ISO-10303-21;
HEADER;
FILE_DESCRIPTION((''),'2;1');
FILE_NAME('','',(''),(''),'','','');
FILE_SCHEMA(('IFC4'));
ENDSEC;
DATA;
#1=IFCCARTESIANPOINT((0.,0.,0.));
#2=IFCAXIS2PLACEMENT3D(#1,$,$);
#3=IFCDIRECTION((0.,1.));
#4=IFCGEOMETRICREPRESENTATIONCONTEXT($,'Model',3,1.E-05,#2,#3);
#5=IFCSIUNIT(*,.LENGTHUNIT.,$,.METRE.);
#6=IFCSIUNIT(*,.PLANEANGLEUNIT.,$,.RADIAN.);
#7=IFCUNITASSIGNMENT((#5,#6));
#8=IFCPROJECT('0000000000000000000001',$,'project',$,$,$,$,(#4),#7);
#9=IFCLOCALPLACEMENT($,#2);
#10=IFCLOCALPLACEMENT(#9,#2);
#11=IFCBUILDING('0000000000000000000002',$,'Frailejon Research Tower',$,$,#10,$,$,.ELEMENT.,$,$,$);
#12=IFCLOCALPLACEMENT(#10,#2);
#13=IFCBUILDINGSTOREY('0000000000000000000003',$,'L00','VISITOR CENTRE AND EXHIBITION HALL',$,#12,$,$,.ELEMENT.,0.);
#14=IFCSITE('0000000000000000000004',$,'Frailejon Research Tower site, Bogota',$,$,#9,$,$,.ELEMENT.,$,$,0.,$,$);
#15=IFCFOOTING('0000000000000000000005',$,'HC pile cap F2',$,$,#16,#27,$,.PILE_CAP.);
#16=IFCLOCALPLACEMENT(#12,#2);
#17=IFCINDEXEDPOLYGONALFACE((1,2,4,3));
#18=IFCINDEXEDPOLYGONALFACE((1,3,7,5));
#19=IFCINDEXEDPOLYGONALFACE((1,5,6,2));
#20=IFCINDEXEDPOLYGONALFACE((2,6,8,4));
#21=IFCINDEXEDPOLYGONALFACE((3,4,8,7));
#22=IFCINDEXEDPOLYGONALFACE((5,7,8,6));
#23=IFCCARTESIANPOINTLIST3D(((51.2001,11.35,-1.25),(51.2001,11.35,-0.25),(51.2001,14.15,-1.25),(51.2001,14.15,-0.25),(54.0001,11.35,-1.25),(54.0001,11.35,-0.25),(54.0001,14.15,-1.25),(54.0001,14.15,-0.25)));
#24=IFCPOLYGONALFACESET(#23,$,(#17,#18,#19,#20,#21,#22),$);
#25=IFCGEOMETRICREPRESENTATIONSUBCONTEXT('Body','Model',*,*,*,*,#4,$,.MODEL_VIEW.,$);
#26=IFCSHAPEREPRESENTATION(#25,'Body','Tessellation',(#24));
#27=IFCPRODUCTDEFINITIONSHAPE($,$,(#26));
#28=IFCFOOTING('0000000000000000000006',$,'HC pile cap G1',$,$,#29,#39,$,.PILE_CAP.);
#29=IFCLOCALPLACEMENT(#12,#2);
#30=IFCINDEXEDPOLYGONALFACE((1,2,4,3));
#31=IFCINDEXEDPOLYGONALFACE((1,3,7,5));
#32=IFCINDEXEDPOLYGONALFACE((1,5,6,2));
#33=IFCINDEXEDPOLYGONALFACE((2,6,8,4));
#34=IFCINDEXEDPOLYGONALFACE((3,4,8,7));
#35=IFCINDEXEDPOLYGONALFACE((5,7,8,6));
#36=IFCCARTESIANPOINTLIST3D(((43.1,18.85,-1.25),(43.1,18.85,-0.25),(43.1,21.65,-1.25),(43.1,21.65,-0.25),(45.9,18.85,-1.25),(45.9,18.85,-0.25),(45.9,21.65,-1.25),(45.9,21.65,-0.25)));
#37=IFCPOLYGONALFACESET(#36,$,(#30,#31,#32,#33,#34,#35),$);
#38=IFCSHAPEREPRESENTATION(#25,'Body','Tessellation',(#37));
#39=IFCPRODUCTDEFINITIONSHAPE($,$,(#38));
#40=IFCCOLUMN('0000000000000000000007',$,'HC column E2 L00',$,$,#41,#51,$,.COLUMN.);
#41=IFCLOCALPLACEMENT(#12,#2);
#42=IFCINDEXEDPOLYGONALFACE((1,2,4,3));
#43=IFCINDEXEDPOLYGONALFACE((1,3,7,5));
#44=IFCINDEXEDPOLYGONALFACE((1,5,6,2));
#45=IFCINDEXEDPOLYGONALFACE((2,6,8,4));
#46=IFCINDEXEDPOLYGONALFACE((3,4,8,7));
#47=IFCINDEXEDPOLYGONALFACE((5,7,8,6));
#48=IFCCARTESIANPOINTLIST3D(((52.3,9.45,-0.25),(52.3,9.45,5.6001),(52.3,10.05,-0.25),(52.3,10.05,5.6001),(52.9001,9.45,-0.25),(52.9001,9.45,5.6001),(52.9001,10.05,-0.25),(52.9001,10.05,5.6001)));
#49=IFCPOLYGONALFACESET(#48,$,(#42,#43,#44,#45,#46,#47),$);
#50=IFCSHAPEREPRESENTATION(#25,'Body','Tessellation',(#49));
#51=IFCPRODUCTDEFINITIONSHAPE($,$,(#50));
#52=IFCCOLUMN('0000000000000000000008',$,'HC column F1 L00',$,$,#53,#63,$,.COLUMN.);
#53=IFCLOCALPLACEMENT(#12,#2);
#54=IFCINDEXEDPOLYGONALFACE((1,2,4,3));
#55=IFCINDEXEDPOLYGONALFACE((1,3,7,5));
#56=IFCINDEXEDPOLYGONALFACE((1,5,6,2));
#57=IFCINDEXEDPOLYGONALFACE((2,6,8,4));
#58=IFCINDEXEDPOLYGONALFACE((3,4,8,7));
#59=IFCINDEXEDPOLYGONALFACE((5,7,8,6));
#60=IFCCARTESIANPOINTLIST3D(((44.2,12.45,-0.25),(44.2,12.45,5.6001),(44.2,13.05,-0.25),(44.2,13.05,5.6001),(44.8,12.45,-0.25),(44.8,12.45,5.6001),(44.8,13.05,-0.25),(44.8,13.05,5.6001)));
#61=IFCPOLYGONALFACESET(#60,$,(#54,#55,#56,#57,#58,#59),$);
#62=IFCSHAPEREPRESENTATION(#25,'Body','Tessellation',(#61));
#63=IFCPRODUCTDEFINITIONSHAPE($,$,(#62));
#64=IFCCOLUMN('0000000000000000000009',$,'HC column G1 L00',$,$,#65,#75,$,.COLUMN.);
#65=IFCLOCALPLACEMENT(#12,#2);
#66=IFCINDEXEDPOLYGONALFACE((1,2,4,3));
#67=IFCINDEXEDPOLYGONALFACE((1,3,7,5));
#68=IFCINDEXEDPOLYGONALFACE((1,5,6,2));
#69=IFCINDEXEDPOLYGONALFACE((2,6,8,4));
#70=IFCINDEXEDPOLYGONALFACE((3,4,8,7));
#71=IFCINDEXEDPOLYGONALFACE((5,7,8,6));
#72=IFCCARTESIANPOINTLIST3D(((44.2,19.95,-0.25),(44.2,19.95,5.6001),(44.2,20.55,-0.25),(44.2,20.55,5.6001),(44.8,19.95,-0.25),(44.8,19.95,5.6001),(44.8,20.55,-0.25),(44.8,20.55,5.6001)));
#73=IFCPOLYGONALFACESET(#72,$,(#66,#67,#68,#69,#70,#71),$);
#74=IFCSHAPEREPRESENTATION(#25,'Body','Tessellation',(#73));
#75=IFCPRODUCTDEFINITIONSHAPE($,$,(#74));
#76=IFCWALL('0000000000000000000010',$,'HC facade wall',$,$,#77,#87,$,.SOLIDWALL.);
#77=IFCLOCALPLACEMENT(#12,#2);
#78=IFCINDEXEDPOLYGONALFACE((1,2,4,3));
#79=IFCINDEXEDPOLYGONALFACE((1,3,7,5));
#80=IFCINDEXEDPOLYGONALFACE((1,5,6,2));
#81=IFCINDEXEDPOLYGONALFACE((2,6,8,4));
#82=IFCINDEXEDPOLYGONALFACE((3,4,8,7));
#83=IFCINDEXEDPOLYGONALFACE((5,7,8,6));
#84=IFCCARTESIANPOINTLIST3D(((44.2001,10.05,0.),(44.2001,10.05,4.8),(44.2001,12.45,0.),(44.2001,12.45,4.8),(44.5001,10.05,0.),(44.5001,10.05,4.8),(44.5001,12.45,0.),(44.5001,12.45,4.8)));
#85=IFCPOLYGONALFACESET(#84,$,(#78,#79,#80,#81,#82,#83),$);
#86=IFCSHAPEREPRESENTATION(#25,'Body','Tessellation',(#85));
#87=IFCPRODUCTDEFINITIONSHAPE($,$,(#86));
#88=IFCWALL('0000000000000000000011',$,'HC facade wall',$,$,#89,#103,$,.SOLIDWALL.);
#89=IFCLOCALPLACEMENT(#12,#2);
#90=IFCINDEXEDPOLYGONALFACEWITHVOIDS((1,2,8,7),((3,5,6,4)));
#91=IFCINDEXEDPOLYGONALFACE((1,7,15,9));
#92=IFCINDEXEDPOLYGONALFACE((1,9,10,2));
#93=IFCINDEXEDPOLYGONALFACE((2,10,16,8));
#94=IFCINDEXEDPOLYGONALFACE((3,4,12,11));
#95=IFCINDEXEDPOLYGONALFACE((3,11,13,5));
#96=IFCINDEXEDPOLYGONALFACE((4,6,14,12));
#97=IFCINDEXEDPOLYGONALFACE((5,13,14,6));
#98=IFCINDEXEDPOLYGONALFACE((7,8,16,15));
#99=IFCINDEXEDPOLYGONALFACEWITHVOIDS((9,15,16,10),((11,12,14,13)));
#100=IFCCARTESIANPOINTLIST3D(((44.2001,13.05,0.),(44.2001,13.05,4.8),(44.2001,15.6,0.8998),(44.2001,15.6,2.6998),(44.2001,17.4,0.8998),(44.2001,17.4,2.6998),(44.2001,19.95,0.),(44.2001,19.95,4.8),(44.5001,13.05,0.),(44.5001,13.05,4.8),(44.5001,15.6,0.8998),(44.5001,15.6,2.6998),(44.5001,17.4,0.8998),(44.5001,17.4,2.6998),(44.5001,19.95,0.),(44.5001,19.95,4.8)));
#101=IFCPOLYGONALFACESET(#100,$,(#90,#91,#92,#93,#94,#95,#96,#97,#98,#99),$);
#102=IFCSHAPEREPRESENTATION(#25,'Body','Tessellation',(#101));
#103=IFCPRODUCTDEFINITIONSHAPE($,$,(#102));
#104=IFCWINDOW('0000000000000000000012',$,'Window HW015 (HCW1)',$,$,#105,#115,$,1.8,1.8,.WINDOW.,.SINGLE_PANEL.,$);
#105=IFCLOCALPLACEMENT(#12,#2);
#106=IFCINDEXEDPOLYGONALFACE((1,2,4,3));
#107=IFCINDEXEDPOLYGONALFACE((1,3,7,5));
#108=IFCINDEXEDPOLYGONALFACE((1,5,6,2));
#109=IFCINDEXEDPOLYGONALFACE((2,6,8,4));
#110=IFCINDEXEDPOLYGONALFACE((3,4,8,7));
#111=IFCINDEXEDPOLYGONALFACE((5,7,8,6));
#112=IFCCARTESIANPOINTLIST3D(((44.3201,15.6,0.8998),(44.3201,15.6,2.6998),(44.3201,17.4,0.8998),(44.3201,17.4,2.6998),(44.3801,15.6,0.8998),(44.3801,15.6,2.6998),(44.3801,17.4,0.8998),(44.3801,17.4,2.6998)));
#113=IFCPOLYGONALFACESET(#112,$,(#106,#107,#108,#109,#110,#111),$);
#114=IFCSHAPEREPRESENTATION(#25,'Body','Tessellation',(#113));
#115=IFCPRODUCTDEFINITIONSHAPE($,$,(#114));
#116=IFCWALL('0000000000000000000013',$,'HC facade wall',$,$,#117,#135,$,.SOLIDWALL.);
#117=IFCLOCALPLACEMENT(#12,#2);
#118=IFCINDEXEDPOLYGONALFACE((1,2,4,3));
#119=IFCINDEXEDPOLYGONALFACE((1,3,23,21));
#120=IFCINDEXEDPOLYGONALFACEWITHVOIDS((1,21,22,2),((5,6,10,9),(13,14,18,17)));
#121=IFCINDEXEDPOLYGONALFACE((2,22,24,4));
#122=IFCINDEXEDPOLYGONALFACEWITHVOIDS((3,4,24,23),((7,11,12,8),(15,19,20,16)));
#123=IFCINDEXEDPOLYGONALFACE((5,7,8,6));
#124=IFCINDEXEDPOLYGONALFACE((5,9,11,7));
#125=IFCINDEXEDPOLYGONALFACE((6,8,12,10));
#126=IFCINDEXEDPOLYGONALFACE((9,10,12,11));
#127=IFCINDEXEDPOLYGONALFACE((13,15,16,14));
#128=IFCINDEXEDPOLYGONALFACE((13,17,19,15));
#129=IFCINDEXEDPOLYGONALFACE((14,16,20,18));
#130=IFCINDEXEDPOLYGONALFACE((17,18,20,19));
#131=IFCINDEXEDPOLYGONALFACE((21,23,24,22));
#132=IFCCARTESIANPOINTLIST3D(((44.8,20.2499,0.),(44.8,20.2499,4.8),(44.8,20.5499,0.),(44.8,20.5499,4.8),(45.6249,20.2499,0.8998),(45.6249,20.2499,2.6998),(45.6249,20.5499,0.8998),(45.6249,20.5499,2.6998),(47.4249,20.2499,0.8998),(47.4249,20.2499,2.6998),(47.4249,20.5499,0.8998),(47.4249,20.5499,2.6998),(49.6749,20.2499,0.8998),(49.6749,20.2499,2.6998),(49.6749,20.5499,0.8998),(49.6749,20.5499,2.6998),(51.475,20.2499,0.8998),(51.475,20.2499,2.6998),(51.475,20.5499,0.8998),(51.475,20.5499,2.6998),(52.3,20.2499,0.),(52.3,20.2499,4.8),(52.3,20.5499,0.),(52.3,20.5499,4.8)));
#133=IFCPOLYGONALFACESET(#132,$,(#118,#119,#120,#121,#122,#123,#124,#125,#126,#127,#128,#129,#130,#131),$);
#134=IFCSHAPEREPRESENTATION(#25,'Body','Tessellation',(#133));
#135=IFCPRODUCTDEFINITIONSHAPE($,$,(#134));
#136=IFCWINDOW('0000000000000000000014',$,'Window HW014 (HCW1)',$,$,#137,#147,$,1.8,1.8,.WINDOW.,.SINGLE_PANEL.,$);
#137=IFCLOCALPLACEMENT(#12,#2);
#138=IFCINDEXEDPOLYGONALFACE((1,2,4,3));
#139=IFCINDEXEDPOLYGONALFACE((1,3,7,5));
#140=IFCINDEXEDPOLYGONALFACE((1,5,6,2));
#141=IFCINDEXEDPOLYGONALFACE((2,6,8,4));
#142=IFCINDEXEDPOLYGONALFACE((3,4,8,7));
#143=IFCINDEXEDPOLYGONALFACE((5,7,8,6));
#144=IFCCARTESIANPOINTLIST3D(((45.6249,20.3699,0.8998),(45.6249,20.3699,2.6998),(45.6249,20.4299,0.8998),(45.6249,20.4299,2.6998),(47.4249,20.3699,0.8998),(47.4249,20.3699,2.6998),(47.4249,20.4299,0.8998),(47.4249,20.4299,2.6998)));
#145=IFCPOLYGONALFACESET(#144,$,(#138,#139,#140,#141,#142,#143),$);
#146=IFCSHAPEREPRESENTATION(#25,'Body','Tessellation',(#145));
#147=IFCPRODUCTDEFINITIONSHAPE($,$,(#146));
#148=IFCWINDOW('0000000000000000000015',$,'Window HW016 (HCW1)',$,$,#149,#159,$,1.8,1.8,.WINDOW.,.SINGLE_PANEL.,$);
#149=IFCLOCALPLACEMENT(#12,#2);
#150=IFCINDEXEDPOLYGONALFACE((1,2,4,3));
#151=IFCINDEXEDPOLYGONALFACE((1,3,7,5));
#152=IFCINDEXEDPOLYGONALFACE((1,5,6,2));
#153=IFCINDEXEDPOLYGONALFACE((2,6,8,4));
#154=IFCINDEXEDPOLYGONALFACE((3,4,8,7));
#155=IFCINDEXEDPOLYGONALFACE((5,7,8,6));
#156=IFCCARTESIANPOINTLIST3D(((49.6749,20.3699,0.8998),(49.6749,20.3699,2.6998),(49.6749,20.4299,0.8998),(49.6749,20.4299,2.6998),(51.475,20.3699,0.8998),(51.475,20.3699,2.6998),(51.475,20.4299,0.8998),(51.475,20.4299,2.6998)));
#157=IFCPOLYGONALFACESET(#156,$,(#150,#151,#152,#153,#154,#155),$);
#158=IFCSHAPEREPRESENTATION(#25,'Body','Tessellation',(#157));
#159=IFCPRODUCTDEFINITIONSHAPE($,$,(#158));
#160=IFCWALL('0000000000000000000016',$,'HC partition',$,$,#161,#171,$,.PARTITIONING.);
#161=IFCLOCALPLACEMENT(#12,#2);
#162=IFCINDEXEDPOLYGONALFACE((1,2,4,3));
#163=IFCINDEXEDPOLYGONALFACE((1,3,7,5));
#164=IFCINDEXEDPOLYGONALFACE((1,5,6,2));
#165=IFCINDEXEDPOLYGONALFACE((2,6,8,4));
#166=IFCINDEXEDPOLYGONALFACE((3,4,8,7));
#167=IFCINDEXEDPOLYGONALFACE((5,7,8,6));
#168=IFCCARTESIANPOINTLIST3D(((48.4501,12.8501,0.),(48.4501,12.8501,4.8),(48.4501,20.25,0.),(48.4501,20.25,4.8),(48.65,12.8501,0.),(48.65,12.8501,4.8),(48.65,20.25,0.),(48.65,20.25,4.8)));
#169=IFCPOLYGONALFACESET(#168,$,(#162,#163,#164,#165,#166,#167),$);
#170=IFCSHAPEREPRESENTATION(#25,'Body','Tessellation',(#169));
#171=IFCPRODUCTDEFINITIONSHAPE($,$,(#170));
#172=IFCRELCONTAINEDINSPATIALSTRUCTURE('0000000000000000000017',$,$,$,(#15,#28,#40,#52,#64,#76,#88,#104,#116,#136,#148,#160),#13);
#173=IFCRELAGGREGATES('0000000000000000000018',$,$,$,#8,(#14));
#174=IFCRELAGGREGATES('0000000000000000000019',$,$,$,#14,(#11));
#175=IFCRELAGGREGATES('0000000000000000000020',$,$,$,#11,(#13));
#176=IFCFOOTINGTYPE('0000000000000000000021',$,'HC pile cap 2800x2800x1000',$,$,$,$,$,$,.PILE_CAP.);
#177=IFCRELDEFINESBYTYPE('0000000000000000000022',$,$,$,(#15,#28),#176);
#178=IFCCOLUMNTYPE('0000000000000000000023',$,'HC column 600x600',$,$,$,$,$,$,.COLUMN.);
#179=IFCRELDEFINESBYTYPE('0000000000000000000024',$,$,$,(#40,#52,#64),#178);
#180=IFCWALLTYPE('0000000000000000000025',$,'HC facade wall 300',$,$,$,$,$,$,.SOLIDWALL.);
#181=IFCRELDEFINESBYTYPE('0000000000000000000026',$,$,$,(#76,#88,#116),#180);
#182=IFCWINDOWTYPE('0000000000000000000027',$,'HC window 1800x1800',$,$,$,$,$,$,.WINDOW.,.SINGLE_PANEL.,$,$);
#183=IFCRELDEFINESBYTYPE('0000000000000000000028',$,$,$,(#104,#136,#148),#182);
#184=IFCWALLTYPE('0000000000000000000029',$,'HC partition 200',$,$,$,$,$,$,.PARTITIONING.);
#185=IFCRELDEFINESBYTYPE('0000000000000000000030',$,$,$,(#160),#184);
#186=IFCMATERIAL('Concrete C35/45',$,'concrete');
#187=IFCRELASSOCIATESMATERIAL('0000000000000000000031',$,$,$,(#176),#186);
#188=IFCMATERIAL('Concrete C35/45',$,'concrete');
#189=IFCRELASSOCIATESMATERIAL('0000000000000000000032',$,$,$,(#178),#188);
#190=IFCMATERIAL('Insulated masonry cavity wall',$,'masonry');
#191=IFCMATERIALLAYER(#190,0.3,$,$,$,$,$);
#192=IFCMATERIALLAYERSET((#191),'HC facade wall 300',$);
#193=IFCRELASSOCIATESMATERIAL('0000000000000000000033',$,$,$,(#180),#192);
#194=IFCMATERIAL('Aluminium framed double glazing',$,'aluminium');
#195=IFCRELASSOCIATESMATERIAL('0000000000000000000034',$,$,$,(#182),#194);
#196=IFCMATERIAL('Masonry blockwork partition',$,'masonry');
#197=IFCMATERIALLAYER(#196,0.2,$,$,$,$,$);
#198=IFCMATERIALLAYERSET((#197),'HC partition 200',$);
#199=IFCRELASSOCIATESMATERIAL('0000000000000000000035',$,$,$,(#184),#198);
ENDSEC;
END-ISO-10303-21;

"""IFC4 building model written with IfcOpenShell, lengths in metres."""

from ifc_helpers import new_model, si_unit, direction, frame, frame_2d, origin, origin_2d, place, context, subcontext, project, spatial, rectangle, extrude, material, layer, layer_set, material_profile, profile_set, type_object, element, fill, save


model = new_model("IFC4")

# Units and contexts
model_context = context("Model", 3, precision=1e-05, world=origin(), true_north=direction((0.0, 1.0)))
body_context = subcontext(model_context, "Body", "Model", "MODEL_VIEW")
ifc_project = project(units=[si_unit("LENGTHUNIT", "METRE"), si_unit("PLANEANGLEUNIT", "RADIAN")], contexts=[model_context])

# Site, building, storey
site_placement = place(None, origin())
site = spatial("IfcSite", under=ifc_project, at=site_placement, Name="Frailejon Research Tower site, Bogota", CompositionType="ELEMENT", RefElevation=0.0)
building_placement = place(site_placement, origin())
building = spatial("IfcBuilding", under=site, at=building_placement, Name="Frailejon Research Tower", CompositionType="ELEMENT")
storey_placement = place(building_placement, origin())
storey = spatial("IfcBuildingStorey", under=building, at=storey_placement, Name="L00", Description="VISITOR CENTRE AND EXHIBITION HALL", CompositionType="ELEMENT", Elevation=0.0)

# Footings
ifc_material_1 = material(Name="Concrete C35/45", Category="concrete")
footing_type = type_object("IfcFootingType", Name="HC pile cap 2800x2800x1000", PredefinedType="PILE_CAP", material=ifc_material_1)
for number, where, z_axis, x_axis, name in (
    (1, (52.6001, 12.75, -1.25), (0.0, 0.0, 1.0), (1.0, 0.0, 0.0), "HC pile cap F2"),
    (2, (44.5, 20.25, -1.25), (0.0, 0.0, 1.0), (1.0, 0.0, 0.0), "HC pile cap G1"),
):
    element("IfcFooting", number, at=place(storey_placement, frame(where, z_axis=z_axis, x_axis=x_axis)), inside=storey, type_object=footing_type, Name=name, PredefinedType="PILE_CAP", context=body_context, shape_type="SweptSolid", body=[
        extrude(rectangle(XDim=2.8, YDim=2.8, at=origin_2d()), origin(), (0.0, 0.0, 1.0), 1.0),
    ])

# Columns
ifc_material_2 = material(Name="Concrete C35/45", Category="concrete")
ifc_material_profile_1 = material_profile(ifc_material_2, rectangle(XDim=0.6001, YDim=0.6001, at=origin_2d()), Name="HC column 600x600")
ifc_profile_set_1 = profile_set([ifc_material_profile_1], Name="Concrete C35/45")
column_type = type_object("IfcColumnType", Name="HC column 600x600", PredefinedType="COLUMN", material=ifc_profile_set_1)
for number, where, z_axis, x_axis, name in (
    (3, (52.6001, 9.75, -0.25), (0.0, 0.0, 1.0), (1.0, 0.0, 0.0), "HC column E2 L00"),
    (4, (44.5, 12.75, -0.25), (0.0, 0.0, 1.0), (1.0, 0.0, 0.0), "HC column F1 L00"),
    (5, (44.5, 20.25, -0.25), (0.0, 0.0, 1.0), (1.0, 0.0, 0.0), "HC column G1 L00"),
):
    element("IfcColumn", number, at=place(storey_placement, frame(where, z_axis=z_axis, x_axis=x_axis)), inside=storey, type_object=column_type, Name=name, PredefinedType="COLUMN", context=body_context, shape_type="SweptSolid", body=[
        extrude(rectangle(XDim=0.6001, YDim=0.6001, at=origin_2d()), origin(), (0.0, 0.0, 1.0), 5.8501),
    ])

# Wall
ifc_material_3 = material(Name="Insulated masonry cavity wall", Category="masonry")
ifc_layer_1 = layer(ifc_material_3, 0.3)
ifc_layer_set_1 = layer_set([ifc_layer_1], Name="HC facade wall 300")
wall_type_1 = type_object("IfcWallType", Name="HC facade wall 300", PredefinedType="SOLIDWALL", material=ifc_layer_set_1)
wall_1_placement = place(storey_placement, frame((44.3501, 10.05, 0.0), z_axis=(0.0, 0.0, 1.0), x_axis=(0.0, 1.0, 0.0)))
element("IfcWall", 6, at=wall_1_placement, inside=storey, type_object=wall_type_1, Name="HC facade wall", PredefinedType="SOLIDWALL", context=body_context, shape_type="SweptSolid", body=[
    extrude(rectangle(XDim=2.3999, YDim=0.3, at=frame_2d((1.2, 0.0))), origin(), (0.0, 0.0, 1.0), 4.8),
])

# Wall, opening, window
wall_2_placement = place(storey_placement, frame((44.3501, 13.05, 0.0), z_axis=(0.0, 0.0, 1.0), x_axis=(0.0, 1.0, 0.0)))
wall_2 = element("IfcWall", 7, at=wall_2_placement, inside=storey, type_object=wall_type_1, Name="HC facade wall", PredefinedType="SOLIDWALL", context=body_context, shape_type="SweptSolid", body=[
    extrude(rectangle(XDim=6.8999, YDim=0.3, at=frame_2d((3.45, 0.0))), origin(), (0.0, 0.0, 1.0), 4.8),
])
opening_1_placement = place(wall_2_placement, frame((2.55, 0.0, 0.8999)))
opening_1 = element("IfcOpeningElement", 8, at=opening_1_placement, cuts=wall_2, PredefinedType="OPENING", context=body_context, shape_type="SweptSolid", body=[
    extrude(rectangle(XDim=1.8, YDim=1.8, at=frame_2d((0.8999, 0.8999))), frame((0.0, 0.1599, 0.0), z_axis=(0.0, -1.0, 0.0), x_axis=(1.0, 0.0, 0.0)), (0.0, 0.0, 1.0), 0.3201),
])
ifc_material_4 = material(Name="Aluminium framed double glazing", Category="aluminium")
window_type = type_object("IfcWindowType", Name="HC window 1800x1800", PartitioningType="SINGLE_PANEL", PredefinedType="WINDOW", material=ifc_material_4)
window_1_placement = place(opening_1_placement, origin())
window_1 = element("IfcWindow", 9, at=window_1_placement, inside=storey, type_object=window_type, Name="Window HW015 (HCW1)", OverallHeight=1.8, OverallWidth=1.8, PartitioningType="SINGLE_PANEL", PredefinedType="WINDOW", context=body_context, shape_type="SweptSolid", body=[
    extrude(rectangle(XDim=1.8, YDim=1.8, at=frame_2d((0.8999, 0.8999))), frame((0.0, 0.03, 0.0), z_axis=(0.0, -1.0, 0.0), x_axis=(1.0, 0.0, 0.0)), (0.0, 0.0, 1.0), 0.0601),
])
fill(opening_1, window_1)

# Wall, openings, windows
wall_3_placement = place(storey_placement, frame((44.8, 20.3999, 0.0), z_axis=(0.0, 0.0, 1.0), x_axis=(1.0, 0.0, 0.0)))
wall_3 = element("IfcWall", 10, at=wall_3_placement, inside=storey, type_object=wall_type_1, Name="HC facade wall", PredefinedType="SOLIDWALL", context=body_context, shape_type="SweptSolid", body=[
    extrude(rectangle(XDim=7.5, YDim=0.3, at=frame_2d((3.75, 0.0))), origin(), (0.0, 0.0, 1.0), 4.8),
])
opening_2_placement = place(wall_3_placement, frame((0.825, 0.0, 0.8999)))
opening_2 = element("IfcOpeningElement", 11, at=opening_2_placement, cuts=wall_3, PredefinedType="OPENING", context=body_context, shape_type="SweptSolid", body=[
    extrude(rectangle(XDim=1.8, YDim=1.8, at=frame_2d((0.8999, 0.8999))), frame((0.0, 0.1599, 0.0), z_axis=(0.0, -1.0, 0.0), x_axis=(1.0, 0.0, 0.0)), (0.0, 0.0, 1.0), 0.3201),
])
opening_3_placement = place(wall_3_placement, frame((4.875, 0.0, 0.8999)))
opening_3 = element("IfcOpeningElement", 12, at=opening_3_placement, cuts=wall_3, PredefinedType="OPENING", context=body_context, shape_type="SweptSolid", body=[
    extrude(rectangle(XDim=1.8, YDim=1.8, at=frame_2d((0.8999, 0.8999))), frame((0.0, 0.1599, 0.0), z_axis=(0.0, -1.0, 0.0), x_axis=(1.0, 0.0, 0.0)), (0.0, 0.0, 1.0), 0.3201),
])
window_2_placement = place(opening_2_placement, origin())
window_2 = element("IfcWindow", 13, at=window_2_placement, inside=storey, type_object=window_type, Name="Window HW014 (HCW1)", OverallHeight=1.8, OverallWidth=1.8, PartitioningType="SINGLE_PANEL", PredefinedType="WINDOW", context=body_context, shape_type="SweptSolid", body=[
    extrude(rectangle(XDim=1.8, YDim=1.8, at=frame_2d((0.8999, 0.8999))), frame((0.0, 0.03, 0.0), z_axis=(0.0, -1.0, 0.0), x_axis=(1.0, 0.0, 0.0)), (0.0, 0.0, 1.0), 0.0601),
])
fill(opening_2, window_2)
window_3_placement = place(opening_3_placement, origin())
window_3 = element("IfcWindow", 14, at=window_3_placement, inside=storey, type_object=window_type, Name="Window HW016 (HCW1)", OverallHeight=1.8, OverallWidth=1.8, PartitioningType="SINGLE_PANEL", PredefinedType="WINDOW", context=body_context, shape_type="SweptSolid", body=[
    extrude(rectangle(XDim=1.8, YDim=1.8, at=frame_2d((0.8999, 0.8999))), frame((0.0, 0.03, 0.0), z_axis=(0.0, -1.0, 0.0), x_axis=(1.0, 0.0, 0.0)), (0.0, 0.0, 1.0), 0.0601),
])
fill(opening_3, window_3)

# Wall
ifc_material_5 = material(Name="Masonry blockwork partition", Category="masonry")
ifc_layer_2 = layer(ifc_material_5, 0.2)
ifc_layer_set_2 = layer_set([ifc_layer_2], Name="HC partition 200")
wall_type_2 = type_object("IfcWallType", Name="HC partition 200", PredefinedType="PARTITIONING", material=ifc_layer_set_2)
wall_4_placement = place(storey_placement, frame((48.55, 12.8501, 0.0), z_axis=(0.0, 0.0, 1.0), x_axis=(0.0, 1.0, 0.0)))
element("IfcWall", 15, at=wall_4_placement, inside=storey, type_object=wall_type_2, Name="HC partition", PredefinedType="PARTITIONING", context=body_context, shape_type="SweptSolid", body=[
    extrude(rectangle(XDim=7.3999, YDim=0.2, at=frame_2d((3.7, 0.0))), origin(), (0.0, 0.0, 1.0), 4.8),
])

save(model, "model.ifc")
